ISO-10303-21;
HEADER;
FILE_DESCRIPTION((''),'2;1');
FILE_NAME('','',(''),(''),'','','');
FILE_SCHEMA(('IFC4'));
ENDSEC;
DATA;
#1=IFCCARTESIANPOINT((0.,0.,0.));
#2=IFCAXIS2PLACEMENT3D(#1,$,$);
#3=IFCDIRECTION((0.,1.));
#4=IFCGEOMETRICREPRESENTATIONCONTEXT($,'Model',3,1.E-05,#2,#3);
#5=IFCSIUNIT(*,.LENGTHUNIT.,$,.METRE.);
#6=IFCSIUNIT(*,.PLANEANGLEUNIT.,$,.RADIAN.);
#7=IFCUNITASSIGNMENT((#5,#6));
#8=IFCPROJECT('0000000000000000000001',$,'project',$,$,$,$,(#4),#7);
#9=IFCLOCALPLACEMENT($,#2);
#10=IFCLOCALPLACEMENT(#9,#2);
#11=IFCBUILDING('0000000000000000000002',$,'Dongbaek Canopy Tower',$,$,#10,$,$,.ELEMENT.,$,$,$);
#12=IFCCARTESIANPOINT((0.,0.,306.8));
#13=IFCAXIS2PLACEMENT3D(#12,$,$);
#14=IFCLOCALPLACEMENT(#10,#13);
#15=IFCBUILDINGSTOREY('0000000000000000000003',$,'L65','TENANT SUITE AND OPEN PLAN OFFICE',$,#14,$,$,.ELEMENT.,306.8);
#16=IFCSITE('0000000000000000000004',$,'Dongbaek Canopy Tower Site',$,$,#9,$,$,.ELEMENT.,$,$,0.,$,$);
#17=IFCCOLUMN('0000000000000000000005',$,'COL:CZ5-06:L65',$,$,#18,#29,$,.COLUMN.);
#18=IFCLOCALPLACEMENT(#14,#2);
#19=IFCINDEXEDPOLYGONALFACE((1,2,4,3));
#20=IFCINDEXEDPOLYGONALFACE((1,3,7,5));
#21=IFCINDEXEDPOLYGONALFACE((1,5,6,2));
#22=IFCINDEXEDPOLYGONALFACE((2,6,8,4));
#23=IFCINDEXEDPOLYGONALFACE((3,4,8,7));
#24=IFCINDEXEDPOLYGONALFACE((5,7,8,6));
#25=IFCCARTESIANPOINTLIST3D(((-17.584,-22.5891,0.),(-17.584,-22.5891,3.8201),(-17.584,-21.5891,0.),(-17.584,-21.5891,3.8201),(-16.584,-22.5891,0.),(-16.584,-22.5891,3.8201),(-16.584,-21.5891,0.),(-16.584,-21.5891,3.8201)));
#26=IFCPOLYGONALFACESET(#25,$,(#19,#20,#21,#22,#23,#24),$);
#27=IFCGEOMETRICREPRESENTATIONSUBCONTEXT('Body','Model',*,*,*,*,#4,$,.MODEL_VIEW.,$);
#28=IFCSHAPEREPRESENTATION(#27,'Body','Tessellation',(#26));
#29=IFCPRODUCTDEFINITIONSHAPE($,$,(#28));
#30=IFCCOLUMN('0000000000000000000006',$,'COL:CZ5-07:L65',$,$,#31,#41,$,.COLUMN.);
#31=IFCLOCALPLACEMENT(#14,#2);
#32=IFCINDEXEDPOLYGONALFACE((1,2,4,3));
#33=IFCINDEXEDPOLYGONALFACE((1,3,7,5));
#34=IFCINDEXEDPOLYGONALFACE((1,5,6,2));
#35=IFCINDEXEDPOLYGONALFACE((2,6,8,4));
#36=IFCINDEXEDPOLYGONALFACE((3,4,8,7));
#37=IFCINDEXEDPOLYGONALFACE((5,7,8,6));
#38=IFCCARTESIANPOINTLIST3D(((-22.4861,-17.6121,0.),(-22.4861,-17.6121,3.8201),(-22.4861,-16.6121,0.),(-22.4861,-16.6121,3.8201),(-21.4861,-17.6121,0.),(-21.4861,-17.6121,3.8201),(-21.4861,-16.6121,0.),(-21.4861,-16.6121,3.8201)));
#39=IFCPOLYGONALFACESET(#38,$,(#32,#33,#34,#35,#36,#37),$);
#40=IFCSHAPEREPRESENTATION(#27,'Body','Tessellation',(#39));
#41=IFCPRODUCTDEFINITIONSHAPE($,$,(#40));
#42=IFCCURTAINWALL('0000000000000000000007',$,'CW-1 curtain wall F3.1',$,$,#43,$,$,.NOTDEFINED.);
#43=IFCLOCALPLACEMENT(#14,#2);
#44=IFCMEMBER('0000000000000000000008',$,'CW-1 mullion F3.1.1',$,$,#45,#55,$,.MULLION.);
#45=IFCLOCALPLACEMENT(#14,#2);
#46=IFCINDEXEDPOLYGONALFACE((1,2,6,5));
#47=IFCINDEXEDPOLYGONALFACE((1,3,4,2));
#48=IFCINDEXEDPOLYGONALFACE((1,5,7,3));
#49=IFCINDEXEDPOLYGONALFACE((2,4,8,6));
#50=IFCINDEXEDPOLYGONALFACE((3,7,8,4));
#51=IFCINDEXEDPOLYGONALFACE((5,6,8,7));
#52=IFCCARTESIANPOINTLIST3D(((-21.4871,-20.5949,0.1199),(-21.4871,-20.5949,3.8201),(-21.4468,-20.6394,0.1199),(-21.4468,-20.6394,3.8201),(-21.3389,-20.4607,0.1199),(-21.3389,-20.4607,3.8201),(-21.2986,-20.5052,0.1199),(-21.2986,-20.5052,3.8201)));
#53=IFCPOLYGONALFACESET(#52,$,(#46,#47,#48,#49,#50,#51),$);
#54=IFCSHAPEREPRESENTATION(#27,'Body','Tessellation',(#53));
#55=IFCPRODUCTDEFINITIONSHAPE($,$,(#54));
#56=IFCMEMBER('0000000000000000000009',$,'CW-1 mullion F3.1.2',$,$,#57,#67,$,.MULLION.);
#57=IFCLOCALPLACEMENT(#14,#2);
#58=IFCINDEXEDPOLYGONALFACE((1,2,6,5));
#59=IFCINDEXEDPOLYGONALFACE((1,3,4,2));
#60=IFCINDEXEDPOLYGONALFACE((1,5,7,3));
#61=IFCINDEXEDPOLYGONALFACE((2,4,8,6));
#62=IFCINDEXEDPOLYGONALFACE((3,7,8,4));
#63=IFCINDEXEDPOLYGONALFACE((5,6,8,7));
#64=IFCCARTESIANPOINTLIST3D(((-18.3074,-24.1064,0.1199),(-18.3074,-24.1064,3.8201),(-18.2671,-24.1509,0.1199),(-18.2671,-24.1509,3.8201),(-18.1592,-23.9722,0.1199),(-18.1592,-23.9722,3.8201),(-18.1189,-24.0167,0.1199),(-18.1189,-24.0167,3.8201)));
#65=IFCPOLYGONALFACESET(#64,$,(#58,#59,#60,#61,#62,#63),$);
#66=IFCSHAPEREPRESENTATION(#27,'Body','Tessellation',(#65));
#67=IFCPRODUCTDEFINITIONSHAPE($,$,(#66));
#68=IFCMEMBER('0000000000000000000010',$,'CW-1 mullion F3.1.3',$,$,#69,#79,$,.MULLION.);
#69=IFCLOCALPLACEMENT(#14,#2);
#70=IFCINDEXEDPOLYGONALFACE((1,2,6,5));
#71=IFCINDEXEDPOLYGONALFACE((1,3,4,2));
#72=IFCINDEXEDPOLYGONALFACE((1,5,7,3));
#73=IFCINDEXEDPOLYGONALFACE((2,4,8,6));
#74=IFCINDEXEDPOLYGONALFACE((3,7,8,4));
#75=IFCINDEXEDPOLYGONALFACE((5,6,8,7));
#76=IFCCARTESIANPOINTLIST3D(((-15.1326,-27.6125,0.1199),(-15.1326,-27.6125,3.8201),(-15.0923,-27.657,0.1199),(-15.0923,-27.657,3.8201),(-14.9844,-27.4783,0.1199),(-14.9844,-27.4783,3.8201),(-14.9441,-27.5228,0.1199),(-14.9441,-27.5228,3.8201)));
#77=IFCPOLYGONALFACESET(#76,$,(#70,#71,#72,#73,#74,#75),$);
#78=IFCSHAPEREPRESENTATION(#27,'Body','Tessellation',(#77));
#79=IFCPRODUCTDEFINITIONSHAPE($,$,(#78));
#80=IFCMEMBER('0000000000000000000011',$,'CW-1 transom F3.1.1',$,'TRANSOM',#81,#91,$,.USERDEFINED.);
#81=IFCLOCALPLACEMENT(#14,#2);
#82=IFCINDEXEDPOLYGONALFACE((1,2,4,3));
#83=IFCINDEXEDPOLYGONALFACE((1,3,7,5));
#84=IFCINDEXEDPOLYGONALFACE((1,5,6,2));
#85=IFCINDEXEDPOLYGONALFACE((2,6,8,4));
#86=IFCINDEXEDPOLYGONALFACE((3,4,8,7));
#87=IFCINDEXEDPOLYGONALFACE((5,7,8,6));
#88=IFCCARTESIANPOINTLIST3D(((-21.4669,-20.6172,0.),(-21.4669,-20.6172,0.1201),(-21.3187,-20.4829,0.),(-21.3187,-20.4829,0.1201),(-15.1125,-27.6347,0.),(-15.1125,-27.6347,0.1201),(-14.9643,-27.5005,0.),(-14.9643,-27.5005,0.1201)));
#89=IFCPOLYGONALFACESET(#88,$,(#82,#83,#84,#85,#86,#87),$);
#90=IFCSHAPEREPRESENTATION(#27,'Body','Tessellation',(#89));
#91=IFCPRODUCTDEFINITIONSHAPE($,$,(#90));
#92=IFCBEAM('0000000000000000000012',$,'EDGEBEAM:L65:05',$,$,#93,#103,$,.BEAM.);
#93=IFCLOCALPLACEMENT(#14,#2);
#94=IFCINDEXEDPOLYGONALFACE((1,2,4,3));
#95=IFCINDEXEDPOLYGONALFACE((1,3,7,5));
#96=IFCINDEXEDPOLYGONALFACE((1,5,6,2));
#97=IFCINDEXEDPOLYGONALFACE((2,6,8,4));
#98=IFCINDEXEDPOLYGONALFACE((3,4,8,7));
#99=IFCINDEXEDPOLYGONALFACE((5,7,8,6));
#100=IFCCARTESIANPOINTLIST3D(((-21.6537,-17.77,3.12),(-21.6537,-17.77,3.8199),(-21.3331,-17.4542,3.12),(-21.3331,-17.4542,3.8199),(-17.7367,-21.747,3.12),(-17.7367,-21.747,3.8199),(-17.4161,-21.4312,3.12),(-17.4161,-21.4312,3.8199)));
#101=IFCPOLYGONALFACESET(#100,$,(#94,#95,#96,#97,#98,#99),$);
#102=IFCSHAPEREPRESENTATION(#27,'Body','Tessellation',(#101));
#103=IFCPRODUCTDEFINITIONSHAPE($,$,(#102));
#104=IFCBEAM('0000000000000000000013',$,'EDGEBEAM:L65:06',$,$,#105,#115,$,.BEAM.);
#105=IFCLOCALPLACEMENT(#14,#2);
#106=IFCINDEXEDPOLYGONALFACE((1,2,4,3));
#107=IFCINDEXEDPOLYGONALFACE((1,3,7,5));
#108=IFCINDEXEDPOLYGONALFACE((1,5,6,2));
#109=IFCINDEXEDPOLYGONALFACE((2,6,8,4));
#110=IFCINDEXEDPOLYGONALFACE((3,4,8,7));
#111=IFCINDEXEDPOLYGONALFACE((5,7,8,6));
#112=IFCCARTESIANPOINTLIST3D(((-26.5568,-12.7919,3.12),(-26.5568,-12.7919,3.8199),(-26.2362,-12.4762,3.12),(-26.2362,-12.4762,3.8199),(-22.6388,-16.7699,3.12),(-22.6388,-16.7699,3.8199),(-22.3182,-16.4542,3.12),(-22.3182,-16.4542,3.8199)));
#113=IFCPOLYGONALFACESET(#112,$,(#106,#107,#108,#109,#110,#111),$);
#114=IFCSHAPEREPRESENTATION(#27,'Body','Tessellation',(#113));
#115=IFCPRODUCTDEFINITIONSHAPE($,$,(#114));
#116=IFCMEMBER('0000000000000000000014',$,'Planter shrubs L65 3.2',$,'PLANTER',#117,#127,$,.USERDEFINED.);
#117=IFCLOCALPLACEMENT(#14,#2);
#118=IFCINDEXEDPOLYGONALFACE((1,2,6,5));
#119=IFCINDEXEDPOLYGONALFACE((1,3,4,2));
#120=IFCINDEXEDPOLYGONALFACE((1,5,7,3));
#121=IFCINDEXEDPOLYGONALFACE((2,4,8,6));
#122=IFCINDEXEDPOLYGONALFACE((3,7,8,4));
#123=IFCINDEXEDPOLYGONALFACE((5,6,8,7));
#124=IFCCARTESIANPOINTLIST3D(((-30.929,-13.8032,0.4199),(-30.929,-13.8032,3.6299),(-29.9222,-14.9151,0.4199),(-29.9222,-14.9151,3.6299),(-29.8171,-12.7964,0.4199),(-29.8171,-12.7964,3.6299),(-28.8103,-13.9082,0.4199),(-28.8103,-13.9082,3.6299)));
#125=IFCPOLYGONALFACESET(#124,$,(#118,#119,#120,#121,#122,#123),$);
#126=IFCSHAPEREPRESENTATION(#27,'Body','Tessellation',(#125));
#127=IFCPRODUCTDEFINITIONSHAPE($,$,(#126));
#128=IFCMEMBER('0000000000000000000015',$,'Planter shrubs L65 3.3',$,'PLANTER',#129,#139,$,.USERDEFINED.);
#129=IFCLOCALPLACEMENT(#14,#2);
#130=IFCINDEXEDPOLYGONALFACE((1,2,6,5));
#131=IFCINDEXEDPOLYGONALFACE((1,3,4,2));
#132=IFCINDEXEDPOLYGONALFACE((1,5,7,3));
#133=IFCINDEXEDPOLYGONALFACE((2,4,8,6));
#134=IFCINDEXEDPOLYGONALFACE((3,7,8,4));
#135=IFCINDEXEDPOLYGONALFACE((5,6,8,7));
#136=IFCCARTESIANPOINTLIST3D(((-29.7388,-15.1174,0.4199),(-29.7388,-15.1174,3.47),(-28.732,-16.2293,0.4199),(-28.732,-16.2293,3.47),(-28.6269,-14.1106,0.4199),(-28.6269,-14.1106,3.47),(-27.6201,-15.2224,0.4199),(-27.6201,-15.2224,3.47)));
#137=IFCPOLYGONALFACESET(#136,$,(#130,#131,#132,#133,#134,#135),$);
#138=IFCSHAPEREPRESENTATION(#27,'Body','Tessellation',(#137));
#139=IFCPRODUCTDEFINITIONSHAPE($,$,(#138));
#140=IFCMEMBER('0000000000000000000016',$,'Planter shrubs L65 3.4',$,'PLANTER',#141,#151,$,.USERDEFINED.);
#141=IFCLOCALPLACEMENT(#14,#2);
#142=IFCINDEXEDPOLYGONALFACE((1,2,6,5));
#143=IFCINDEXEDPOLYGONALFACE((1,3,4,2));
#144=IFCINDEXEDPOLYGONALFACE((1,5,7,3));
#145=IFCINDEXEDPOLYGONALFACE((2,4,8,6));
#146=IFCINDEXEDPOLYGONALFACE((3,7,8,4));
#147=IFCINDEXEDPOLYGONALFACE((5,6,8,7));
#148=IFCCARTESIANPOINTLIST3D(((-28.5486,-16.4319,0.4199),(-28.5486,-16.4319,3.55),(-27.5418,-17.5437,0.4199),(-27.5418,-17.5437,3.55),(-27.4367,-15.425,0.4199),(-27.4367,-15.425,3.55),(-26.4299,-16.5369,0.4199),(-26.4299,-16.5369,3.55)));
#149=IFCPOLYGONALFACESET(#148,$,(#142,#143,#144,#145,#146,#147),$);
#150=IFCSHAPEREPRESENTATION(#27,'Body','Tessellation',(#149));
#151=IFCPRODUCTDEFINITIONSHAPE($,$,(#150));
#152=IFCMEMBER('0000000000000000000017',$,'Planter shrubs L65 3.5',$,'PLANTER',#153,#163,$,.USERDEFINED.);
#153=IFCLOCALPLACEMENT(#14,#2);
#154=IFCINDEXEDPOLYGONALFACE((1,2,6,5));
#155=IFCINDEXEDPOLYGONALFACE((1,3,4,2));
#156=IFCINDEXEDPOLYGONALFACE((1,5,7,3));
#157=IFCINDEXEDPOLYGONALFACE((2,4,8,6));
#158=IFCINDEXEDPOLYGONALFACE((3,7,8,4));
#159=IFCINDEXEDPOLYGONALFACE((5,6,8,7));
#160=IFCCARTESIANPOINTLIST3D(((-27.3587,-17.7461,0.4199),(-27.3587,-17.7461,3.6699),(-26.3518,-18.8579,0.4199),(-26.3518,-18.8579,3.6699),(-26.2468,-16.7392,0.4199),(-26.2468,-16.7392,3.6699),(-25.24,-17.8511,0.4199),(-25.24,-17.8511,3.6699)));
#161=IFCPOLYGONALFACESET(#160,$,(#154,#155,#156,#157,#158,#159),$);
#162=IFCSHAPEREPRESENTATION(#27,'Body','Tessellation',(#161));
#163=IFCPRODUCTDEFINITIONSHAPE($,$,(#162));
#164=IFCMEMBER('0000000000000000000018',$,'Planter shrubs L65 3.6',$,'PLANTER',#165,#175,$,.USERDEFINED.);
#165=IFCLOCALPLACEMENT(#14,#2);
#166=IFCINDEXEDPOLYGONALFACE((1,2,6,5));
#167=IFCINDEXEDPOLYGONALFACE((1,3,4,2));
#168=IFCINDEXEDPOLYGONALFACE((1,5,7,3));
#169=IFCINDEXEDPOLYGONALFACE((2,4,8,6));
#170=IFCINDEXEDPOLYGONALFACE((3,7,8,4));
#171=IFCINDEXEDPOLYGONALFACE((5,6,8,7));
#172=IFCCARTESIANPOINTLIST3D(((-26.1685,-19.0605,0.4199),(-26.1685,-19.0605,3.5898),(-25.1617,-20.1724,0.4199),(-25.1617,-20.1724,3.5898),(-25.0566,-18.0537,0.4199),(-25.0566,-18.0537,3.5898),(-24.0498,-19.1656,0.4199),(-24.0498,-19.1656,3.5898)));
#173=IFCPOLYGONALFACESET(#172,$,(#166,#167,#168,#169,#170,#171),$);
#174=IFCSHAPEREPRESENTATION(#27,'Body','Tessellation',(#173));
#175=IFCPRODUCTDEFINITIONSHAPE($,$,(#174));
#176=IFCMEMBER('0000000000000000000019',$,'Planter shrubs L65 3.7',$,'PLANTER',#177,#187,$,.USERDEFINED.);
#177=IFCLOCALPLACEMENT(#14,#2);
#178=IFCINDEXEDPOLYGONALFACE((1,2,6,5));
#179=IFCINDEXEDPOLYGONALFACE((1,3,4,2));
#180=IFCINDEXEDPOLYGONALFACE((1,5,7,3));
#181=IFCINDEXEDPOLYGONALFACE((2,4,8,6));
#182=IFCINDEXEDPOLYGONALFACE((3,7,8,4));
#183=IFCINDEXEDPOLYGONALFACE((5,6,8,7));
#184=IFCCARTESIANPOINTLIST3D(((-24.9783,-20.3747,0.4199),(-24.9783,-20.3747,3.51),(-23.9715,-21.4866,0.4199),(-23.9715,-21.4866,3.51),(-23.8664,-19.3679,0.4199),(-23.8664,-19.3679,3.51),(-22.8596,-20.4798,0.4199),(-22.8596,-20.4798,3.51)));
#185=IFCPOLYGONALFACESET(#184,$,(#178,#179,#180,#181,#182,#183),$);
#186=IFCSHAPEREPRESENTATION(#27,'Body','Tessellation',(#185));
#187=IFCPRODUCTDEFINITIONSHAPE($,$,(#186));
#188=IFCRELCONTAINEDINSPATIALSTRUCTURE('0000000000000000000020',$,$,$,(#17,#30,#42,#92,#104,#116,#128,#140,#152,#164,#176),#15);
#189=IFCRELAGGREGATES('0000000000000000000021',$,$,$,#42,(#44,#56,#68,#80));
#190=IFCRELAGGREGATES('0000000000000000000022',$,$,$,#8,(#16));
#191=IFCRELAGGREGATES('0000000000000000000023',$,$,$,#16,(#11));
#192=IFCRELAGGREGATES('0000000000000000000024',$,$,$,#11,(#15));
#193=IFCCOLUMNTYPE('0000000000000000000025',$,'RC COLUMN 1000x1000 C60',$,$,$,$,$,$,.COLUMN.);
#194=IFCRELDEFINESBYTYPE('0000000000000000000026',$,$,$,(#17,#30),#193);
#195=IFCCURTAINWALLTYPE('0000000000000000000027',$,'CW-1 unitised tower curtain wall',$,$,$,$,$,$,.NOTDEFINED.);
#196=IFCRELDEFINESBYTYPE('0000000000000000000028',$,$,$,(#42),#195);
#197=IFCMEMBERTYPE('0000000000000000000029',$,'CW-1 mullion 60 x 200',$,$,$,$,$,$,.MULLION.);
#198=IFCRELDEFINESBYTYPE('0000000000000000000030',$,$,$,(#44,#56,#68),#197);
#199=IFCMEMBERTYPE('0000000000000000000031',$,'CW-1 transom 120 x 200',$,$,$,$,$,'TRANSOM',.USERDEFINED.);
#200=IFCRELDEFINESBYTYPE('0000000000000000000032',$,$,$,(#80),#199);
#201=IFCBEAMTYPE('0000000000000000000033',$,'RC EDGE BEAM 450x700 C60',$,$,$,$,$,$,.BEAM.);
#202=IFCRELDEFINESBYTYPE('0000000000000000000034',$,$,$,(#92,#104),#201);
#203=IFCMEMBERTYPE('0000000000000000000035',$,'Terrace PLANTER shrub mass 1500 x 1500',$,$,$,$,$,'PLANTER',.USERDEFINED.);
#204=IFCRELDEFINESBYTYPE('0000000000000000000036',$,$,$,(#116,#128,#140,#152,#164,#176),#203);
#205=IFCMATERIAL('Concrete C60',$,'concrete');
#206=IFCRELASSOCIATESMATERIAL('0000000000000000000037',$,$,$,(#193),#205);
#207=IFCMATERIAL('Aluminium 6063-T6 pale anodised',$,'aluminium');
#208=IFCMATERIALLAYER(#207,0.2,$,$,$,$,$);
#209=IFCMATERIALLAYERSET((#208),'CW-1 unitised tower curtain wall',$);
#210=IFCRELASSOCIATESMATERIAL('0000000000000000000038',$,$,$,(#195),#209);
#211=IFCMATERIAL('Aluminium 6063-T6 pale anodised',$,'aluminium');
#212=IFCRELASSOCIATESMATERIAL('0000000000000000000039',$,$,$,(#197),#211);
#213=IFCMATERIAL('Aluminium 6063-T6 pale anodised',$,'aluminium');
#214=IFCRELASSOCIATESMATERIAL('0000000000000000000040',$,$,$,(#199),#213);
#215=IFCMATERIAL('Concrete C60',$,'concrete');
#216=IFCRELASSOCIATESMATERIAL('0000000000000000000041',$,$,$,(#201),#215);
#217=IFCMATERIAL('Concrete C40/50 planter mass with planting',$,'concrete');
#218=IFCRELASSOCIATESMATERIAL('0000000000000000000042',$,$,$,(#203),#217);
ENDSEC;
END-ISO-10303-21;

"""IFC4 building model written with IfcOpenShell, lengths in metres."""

from ifc_helpers import new_model, si_unit, direction, frame, origin, origin_2d, place, context, subcontext, project, spatial, rectangle, extrude, material, layer, layer_set, material_profile, profile_set, type_object, element, aggregate, save


model = new_model("IFC4")

# Units and contexts
model_context = context("Model", 3, precision=1e-05, world=origin(), true_north=direction((0.0, 1.0)))
body_context = subcontext(model_context, "Body", "Model", "MODEL_VIEW")
ifc_project = project(units=[si_unit("LENGTHUNIT", "METRE"), si_unit("PLANEANGLEUNIT", "RADIAN")], contexts=[model_context])

# Site, building, storey
site_placement = place(None, origin())
site = spatial("IfcSite", under=ifc_project, at=site_placement, Name="Dongbaek Canopy Tower Site", CompositionType="ELEMENT", RefElevation=0.0)
building_placement = place(site_placement, origin())
building = spatial("IfcBuilding", under=site, at=building_placement, Name="Dongbaek Canopy Tower", CompositionType="ELEMENT")
storey_placement = place(building_placement, frame((0.0, 0.0, 306.8)))
storey = spatial("IfcBuildingStorey", under=building, at=storey_placement, Name="L65", Description="TENANT SUITE AND OPEN PLAN OFFICE", CompositionType="ELEMENT", Elevation=306.8)

# Columns
ifc_material_1 = material(Name="Concrete C60", Category="concrete")
ifc_material_profile_1 = material_profile(ifc_material_1, rectangle(XDim=1.0, YDim=1.0, at=origin_2d()), Name="RC COLUMN 1000x1000 C60")
ifc_profile_set_1 = profile_set([ifc_material_profile_1], Name="Concrete C60")
column_type = type_object("IfcColumnType", Name="RC COLUMN 1000x1000 C60", PredefinedType="COLUMN", material=ifc_profile_set_1)
for number, where, z_axis, x_axis, name in (
    (1, (-17.084, -22.0891, 0.0), (0.0, 0.0, 1.0), (1.0, 0.0, 0.0), "COL:CZ5-06:L65"),
    (2, (-21.9861, -17.1121, 0.0), (0.0, 0.0, 1.0), (1.0, 0.0, 0.0), "COL:CZ5-07:L65"),
):
    element("IfcColumn", number, at=place(storey_placement, frame(where, z_axis=z_axis, x_axis=x_axis)), inside=storey, type_object=column_type, Name=name, PredefinedType="COLUMN", context=body_context, shape_type="SweptSolid", body=[
        extrude(rectangle(XDim=1.0, YDim=1.0, at=origin_2d()), origin(), (0.0, 0.0, 1.0), 3.8201),
    ])

# Curtain wall, members
ifc_material_2 = material(Name="Aluminium 6063-T6 pale anodised", Category="aluminium")
ifc_layer_1 = layer(ifc_material_2, 0.2)
ifc_layer_set_1 = layer_set([ifc_layer_1], Name="CW-1 unitised tower curtain wall")
curtain_wall_type = type_object("IfcCurtainWallType", Name="CW-1 unitised tower curtain wall", PredefinedType="NOTDEFINED", material=ifc_layer_set_1)
curtain_wall_1_placement = place(storey_placement, origin())
curtain_wall_1 = element("IfcCurtainWall", 3, at=curtain_wall_1_placement, inside=storey, type_object=curtain_wall_type, Name="CW-1 curtain wall F3.1", PredefinedType="NOTDEFINED")
ifc_material_3 = material(Name="Aluminium 6063-T6 pale anodised", Category="aluminium")
ifc_material_profile_2 = material_profile(ifc_material_3, rectangle(XDim=0.2, YDim=0.0601, at=origin_2d()), Name="CW-1 mullion 60 x 200")
ifc_profile_set_2 = profile_set([ifc_material_profile_2], Name="Aluminium 6063-T6 pale anodised")
member_type_1 = type_object("IfcMemberType", Name="CW-1 mullion 60 x 200", PredefinedType="MULLION", material=ifc_profile_set_2)
member_1_placement = place(storey_placement, frame((-21.3928, -20.55, 0.1199), z_axis=(0.0, 0.0, 1.0), x_axis=(-0.741254, -0.671225, 0.0)))
member_1 = element("IfcMember", 4, at=member_1_placement, type_object=member_type_1, Name="CW-1 mullion F3.1.1", PredefinedType="MULLION", context=body_context, shape_type="SweptSolid", body=[
    extrude(rectangle(XDim=0.2, YDim=0.0601, at=origin_2d()), origin(), (0.0, 0.0, 1.0), 3.7002),
])
member_2_placement = place(storey_placement, frame((-18.2131, -24.0615, 0.1199), z_axis=(0.0, 0.0, 1.0), x_axis=(-0.741254, -0.671225, 0.0)))
member_2 = element("IfcMember", 5, at=member_2_placement, type_object=member_type_1, Name="CW-1 mullion F3.1.2", PredefinedType="MULLION", context=body_context, shape_type="SweptSolid", body=[
    extrude(rectangle(XDim=0.2, YDim=0.0601, at=origin_2d()), origin(), (0.0, 0.0, 1.0), 3.7002),
])
member_3_placement = place(storey_placement, frame((-15.0383, -27.5676, 0.1199), z_axis=(0.0, 0.0, 1.0), x_axis=(-0.741254, -0.671225, 0.0)))
member_3 = element("IfcMember", 6, at=member_3_placement, type_object=member_type_1, Name="CW-1 mullion F3.1.3", PredefinedType="MULLION", context=body_context, shape_type="SweptSolid", body=[
    extrude(rectangle(XDim=0.2, YDim=0.0601, at=origin_2d()), origin(), (0.0, 0.0, 1.0), 3.7002),
])
ifc_material_4 = material(Name="Aluminium 6063-T6 pale anodised", Category="aluminium")
ifc_material_profile_3 = material_profile(ifc_material_4, rectangle(XDim=0.2, YDim=0.1201, at=origin_2d()), Name="CW-1 transom 120 x 200")
ifc_profile_set_3 = profile_set([ifc_material_profile_3], Name="Aluminium 6063-T6 pale anodised")
member_type_2 = type_object("IfcMemberType", Name="CW-1 transom 120 x 200", ElementType="TRANSOM", PredefinedType="USERDEFINED", material=ifc_profile_set_3)
member_4_placement = place(storey_placement, frame((-21.3928, -20.55, 0.0601), z_axis=(0.671218, -0.74126, 0.0), x_axis=(0.74126, 0.671218, 0.0)))
member_4 = element("IfcMember", 7, at=member_4_placement, type_object=member_type_2, Name="CW-1 transom F3.1.1", ObjectType="TRANSOM", PredefinedType="USERDEFINED", context=body_context, shape_type="SweptSolid", body=[
    extrude(rectangle(XDim=0.2, YDim=0.1201, at=origin_2d()), origin(), (0.0, 0.0, 1.0), 9.467),
])

# Beams
ifc_material_5 = material(Name="Concrete C60", Category="concrete")
ifc_material_profile_4 = material_profile(ifc_material_5, rectangle(XDim=0.45, YDim=0.7, at=origin_2d()), Name="RC EDGE BEAM 450x700 C60")
ifc_profile_set_4 = profile_set([ifc_material_profile_4], Name="Concrete C60")
beam_type = type_object("IfcBeamType", Name="RC EDGE BEAM 450x700 C60", PredefinedType="BEAM", material=ifc_profile_set_4)
beam_1_placement = place(storey_placement, frame((-17.5764, -21.5891, 3.47), z_axis=(-0.701707, 0.712466, 0.0), x_axis=(-0.712466, -0.701707, 0.0)))
element("IfcBeam", 8, at=beam_1_placement, inside=storey, type_object=beam_type, Name="EDGEBEAM:L65:05", PredefinedType="BEAM", context=body_context, shape_type="SweptSolid", body=[
    extrude(rectangle(XDim=0.45, YDim=0.7, at=origin_2d()), origin(), (0.0, 0.0, 1.0), 5.582),
])
beam_2_placement = place(storey_placement, frame((-22.4785, -16.6121, 3.47), z_axis=(-0.701708, 0.712465, 0.0), x_axis=(-0.712465, -0.701708, 0.0)))
element("IfcBeam", 9, at=beam_2_placement, inside=storey, type_object=beam_type, Name="EDGEBEAM:L65:06", PredefinedType="BEAM", context=body_context, shape_type="SweptSolid", body=[
    extrude(rectangle(XDim=0.45, YDim=0.7, at=origin_2d()), origin(), (0.0, 0.0, 1.0), 5.5835),
])

# Members
ifc_material_6 = material(Name="Concrete C40/50 planter mass with planting", Category="concrete")
ifc_material_profile_5 = material_profile(ifc_material_6, rectangle(XDim=1.5, YDim=1.5, at=origin_2d()), Name="Terrace PLANTER shrub mass 1500 x 1500")
ifc_profile_set_5 = profile_set([ifc_material_profile_5], Name="Concrete C40/50 planter mass with planting")
member_type_3 = type_object("IfcMemberType", Name="Terrace PLANTER shrub mass 1500 x 1500", ElementType="PLANTER", PredefinedType="USERDEFINED", material=ifc_profile_set_5)
member_5_placement = place(storey_placement, frame((-29.8696, -13.8557, 0.4199), z_axis=(0.0, 0.0, 1.0), x_axis=(-0.741254, -0.671225, 0.0)))
element("IfcMember", 10, at=member_5_placement, inside=storey, type_object=member_type_3, Name="Planter shrubs L65 3.2", ObjectType="PLANTER", PredefinedType="USERDEFINED", context=body_context, shape_type="SweptSolid", body=[
    extrude(rectangle(XDim=1.5, YDim=1.5, at=origin_2d()), origin(), (0.0, 0.0, 1.0), 3.21),
])
member_6_placement = place(storey_placement, frame((-28.6794, -15.1699, 0.4199), z_axis=(0.0, 0.0, 1.0), x_axis=(-0.741254, -0.671225, 0.0)))
element("IfcMember", 11, at=member_6_placement, inside=storey, type_object=member_type_3, Name="Planter shrubs L65 3.3", ObjectType="PLANTER", PredefinedType="USERDEFINED", context=body_context, shape_type="SweptSolid", body=[
    extrude(rectangle(XDim=1.5, YDim=1.5, at=origin_2d()), origin(), (0.0, 0.0, 1.0), 3.05),
])
member_7_placement = place(storey_placement, frame((-27.4893, -16.4844, 0.4199), z_axis=(0.0, 0.0, 1.0), x_axis=(-0.741254, -0.671225, 0.0)))
element("IfcMember", 12, at=member_7_placement, inside=storey, type_object=member_type_3, Name="Planter shrubs L65 3.4", ObjectType="PLANTER", PredefinedType="USERDEFINED", context=body_context, shape_type="SweptSolid", body=[
    extrude(rectangle(XDim=1.5, YDim=1.5, at=origin_2d()), origin(), (0.0, 0.0, 1.0), 3.1301),
])
member_8_placement = place(storey_placement, frame((-26.2993, -17.7986, 0.4199), z_axis=(0.0, 0.0, 1.0), x_axis=(-0.741254, -0.671225, 0.0)))
element("IfcMember", 13, at=member_8_placement, inside=storey, type_object=member_type_3, Name="Planter shrubs L65 3.5", ObjectType="PLANTER", PredefinedType="USERDEFINED", context=body_context, shape_type="SweptSolid", body=[
    extrude(rectangle(XDim=1.5, YDim=1.5, at=origin_2d()), origin(), (0.0, 0.0, 1.0), 3.25),
])
member_9_placement = place(storey_placement, frame((-25.1091, -19.113, 0.4199), z_axis=(0.0, 0.0, 1.0), x_axis=(-0.741254, -0.671225, 0.0)))
element("IfcMember", 14, at=member_9_placement, inside=storey, type_object=member_type_3, Name="Planter shrubs L65 3.6", ObjectType="PLANTER", PredefinedType="USERDEFINED", context=body_context, shape_type="SweptSolid", body=[
    extrude(rectangle(XDim=1.5, YDim=1.5, at=origin_2d()), origin(), (0.0, 0.0, 1.0), 3.1699),
])
member_10_placement = place(storey_placement, frame((-23.9189, -20.4272, 0.4199), z_axis=(0.0, 0.0, 1.0), x_axis=(-0.741254, -0.671225, 0.0)))
element("IfcMember", 15, at=member_10_placement, inside=storey, type_object=member_type_3, Name="Planter shrubs L65 3.7", ObjectType="PLANTER", PredefinedType="USERDEFINED", context=body_context, shape_type="SweptSolid", body=[
    extrude(rectangle(XDim=1.5, YDim=1.5, at=origin_2d()), origin(), (0.0, 0.0, 1.0), 3.0901),
])

aggregate(curtain_wall_1, [member_1, member_2, member_3, member_4])

save(model, "model.ifc")
